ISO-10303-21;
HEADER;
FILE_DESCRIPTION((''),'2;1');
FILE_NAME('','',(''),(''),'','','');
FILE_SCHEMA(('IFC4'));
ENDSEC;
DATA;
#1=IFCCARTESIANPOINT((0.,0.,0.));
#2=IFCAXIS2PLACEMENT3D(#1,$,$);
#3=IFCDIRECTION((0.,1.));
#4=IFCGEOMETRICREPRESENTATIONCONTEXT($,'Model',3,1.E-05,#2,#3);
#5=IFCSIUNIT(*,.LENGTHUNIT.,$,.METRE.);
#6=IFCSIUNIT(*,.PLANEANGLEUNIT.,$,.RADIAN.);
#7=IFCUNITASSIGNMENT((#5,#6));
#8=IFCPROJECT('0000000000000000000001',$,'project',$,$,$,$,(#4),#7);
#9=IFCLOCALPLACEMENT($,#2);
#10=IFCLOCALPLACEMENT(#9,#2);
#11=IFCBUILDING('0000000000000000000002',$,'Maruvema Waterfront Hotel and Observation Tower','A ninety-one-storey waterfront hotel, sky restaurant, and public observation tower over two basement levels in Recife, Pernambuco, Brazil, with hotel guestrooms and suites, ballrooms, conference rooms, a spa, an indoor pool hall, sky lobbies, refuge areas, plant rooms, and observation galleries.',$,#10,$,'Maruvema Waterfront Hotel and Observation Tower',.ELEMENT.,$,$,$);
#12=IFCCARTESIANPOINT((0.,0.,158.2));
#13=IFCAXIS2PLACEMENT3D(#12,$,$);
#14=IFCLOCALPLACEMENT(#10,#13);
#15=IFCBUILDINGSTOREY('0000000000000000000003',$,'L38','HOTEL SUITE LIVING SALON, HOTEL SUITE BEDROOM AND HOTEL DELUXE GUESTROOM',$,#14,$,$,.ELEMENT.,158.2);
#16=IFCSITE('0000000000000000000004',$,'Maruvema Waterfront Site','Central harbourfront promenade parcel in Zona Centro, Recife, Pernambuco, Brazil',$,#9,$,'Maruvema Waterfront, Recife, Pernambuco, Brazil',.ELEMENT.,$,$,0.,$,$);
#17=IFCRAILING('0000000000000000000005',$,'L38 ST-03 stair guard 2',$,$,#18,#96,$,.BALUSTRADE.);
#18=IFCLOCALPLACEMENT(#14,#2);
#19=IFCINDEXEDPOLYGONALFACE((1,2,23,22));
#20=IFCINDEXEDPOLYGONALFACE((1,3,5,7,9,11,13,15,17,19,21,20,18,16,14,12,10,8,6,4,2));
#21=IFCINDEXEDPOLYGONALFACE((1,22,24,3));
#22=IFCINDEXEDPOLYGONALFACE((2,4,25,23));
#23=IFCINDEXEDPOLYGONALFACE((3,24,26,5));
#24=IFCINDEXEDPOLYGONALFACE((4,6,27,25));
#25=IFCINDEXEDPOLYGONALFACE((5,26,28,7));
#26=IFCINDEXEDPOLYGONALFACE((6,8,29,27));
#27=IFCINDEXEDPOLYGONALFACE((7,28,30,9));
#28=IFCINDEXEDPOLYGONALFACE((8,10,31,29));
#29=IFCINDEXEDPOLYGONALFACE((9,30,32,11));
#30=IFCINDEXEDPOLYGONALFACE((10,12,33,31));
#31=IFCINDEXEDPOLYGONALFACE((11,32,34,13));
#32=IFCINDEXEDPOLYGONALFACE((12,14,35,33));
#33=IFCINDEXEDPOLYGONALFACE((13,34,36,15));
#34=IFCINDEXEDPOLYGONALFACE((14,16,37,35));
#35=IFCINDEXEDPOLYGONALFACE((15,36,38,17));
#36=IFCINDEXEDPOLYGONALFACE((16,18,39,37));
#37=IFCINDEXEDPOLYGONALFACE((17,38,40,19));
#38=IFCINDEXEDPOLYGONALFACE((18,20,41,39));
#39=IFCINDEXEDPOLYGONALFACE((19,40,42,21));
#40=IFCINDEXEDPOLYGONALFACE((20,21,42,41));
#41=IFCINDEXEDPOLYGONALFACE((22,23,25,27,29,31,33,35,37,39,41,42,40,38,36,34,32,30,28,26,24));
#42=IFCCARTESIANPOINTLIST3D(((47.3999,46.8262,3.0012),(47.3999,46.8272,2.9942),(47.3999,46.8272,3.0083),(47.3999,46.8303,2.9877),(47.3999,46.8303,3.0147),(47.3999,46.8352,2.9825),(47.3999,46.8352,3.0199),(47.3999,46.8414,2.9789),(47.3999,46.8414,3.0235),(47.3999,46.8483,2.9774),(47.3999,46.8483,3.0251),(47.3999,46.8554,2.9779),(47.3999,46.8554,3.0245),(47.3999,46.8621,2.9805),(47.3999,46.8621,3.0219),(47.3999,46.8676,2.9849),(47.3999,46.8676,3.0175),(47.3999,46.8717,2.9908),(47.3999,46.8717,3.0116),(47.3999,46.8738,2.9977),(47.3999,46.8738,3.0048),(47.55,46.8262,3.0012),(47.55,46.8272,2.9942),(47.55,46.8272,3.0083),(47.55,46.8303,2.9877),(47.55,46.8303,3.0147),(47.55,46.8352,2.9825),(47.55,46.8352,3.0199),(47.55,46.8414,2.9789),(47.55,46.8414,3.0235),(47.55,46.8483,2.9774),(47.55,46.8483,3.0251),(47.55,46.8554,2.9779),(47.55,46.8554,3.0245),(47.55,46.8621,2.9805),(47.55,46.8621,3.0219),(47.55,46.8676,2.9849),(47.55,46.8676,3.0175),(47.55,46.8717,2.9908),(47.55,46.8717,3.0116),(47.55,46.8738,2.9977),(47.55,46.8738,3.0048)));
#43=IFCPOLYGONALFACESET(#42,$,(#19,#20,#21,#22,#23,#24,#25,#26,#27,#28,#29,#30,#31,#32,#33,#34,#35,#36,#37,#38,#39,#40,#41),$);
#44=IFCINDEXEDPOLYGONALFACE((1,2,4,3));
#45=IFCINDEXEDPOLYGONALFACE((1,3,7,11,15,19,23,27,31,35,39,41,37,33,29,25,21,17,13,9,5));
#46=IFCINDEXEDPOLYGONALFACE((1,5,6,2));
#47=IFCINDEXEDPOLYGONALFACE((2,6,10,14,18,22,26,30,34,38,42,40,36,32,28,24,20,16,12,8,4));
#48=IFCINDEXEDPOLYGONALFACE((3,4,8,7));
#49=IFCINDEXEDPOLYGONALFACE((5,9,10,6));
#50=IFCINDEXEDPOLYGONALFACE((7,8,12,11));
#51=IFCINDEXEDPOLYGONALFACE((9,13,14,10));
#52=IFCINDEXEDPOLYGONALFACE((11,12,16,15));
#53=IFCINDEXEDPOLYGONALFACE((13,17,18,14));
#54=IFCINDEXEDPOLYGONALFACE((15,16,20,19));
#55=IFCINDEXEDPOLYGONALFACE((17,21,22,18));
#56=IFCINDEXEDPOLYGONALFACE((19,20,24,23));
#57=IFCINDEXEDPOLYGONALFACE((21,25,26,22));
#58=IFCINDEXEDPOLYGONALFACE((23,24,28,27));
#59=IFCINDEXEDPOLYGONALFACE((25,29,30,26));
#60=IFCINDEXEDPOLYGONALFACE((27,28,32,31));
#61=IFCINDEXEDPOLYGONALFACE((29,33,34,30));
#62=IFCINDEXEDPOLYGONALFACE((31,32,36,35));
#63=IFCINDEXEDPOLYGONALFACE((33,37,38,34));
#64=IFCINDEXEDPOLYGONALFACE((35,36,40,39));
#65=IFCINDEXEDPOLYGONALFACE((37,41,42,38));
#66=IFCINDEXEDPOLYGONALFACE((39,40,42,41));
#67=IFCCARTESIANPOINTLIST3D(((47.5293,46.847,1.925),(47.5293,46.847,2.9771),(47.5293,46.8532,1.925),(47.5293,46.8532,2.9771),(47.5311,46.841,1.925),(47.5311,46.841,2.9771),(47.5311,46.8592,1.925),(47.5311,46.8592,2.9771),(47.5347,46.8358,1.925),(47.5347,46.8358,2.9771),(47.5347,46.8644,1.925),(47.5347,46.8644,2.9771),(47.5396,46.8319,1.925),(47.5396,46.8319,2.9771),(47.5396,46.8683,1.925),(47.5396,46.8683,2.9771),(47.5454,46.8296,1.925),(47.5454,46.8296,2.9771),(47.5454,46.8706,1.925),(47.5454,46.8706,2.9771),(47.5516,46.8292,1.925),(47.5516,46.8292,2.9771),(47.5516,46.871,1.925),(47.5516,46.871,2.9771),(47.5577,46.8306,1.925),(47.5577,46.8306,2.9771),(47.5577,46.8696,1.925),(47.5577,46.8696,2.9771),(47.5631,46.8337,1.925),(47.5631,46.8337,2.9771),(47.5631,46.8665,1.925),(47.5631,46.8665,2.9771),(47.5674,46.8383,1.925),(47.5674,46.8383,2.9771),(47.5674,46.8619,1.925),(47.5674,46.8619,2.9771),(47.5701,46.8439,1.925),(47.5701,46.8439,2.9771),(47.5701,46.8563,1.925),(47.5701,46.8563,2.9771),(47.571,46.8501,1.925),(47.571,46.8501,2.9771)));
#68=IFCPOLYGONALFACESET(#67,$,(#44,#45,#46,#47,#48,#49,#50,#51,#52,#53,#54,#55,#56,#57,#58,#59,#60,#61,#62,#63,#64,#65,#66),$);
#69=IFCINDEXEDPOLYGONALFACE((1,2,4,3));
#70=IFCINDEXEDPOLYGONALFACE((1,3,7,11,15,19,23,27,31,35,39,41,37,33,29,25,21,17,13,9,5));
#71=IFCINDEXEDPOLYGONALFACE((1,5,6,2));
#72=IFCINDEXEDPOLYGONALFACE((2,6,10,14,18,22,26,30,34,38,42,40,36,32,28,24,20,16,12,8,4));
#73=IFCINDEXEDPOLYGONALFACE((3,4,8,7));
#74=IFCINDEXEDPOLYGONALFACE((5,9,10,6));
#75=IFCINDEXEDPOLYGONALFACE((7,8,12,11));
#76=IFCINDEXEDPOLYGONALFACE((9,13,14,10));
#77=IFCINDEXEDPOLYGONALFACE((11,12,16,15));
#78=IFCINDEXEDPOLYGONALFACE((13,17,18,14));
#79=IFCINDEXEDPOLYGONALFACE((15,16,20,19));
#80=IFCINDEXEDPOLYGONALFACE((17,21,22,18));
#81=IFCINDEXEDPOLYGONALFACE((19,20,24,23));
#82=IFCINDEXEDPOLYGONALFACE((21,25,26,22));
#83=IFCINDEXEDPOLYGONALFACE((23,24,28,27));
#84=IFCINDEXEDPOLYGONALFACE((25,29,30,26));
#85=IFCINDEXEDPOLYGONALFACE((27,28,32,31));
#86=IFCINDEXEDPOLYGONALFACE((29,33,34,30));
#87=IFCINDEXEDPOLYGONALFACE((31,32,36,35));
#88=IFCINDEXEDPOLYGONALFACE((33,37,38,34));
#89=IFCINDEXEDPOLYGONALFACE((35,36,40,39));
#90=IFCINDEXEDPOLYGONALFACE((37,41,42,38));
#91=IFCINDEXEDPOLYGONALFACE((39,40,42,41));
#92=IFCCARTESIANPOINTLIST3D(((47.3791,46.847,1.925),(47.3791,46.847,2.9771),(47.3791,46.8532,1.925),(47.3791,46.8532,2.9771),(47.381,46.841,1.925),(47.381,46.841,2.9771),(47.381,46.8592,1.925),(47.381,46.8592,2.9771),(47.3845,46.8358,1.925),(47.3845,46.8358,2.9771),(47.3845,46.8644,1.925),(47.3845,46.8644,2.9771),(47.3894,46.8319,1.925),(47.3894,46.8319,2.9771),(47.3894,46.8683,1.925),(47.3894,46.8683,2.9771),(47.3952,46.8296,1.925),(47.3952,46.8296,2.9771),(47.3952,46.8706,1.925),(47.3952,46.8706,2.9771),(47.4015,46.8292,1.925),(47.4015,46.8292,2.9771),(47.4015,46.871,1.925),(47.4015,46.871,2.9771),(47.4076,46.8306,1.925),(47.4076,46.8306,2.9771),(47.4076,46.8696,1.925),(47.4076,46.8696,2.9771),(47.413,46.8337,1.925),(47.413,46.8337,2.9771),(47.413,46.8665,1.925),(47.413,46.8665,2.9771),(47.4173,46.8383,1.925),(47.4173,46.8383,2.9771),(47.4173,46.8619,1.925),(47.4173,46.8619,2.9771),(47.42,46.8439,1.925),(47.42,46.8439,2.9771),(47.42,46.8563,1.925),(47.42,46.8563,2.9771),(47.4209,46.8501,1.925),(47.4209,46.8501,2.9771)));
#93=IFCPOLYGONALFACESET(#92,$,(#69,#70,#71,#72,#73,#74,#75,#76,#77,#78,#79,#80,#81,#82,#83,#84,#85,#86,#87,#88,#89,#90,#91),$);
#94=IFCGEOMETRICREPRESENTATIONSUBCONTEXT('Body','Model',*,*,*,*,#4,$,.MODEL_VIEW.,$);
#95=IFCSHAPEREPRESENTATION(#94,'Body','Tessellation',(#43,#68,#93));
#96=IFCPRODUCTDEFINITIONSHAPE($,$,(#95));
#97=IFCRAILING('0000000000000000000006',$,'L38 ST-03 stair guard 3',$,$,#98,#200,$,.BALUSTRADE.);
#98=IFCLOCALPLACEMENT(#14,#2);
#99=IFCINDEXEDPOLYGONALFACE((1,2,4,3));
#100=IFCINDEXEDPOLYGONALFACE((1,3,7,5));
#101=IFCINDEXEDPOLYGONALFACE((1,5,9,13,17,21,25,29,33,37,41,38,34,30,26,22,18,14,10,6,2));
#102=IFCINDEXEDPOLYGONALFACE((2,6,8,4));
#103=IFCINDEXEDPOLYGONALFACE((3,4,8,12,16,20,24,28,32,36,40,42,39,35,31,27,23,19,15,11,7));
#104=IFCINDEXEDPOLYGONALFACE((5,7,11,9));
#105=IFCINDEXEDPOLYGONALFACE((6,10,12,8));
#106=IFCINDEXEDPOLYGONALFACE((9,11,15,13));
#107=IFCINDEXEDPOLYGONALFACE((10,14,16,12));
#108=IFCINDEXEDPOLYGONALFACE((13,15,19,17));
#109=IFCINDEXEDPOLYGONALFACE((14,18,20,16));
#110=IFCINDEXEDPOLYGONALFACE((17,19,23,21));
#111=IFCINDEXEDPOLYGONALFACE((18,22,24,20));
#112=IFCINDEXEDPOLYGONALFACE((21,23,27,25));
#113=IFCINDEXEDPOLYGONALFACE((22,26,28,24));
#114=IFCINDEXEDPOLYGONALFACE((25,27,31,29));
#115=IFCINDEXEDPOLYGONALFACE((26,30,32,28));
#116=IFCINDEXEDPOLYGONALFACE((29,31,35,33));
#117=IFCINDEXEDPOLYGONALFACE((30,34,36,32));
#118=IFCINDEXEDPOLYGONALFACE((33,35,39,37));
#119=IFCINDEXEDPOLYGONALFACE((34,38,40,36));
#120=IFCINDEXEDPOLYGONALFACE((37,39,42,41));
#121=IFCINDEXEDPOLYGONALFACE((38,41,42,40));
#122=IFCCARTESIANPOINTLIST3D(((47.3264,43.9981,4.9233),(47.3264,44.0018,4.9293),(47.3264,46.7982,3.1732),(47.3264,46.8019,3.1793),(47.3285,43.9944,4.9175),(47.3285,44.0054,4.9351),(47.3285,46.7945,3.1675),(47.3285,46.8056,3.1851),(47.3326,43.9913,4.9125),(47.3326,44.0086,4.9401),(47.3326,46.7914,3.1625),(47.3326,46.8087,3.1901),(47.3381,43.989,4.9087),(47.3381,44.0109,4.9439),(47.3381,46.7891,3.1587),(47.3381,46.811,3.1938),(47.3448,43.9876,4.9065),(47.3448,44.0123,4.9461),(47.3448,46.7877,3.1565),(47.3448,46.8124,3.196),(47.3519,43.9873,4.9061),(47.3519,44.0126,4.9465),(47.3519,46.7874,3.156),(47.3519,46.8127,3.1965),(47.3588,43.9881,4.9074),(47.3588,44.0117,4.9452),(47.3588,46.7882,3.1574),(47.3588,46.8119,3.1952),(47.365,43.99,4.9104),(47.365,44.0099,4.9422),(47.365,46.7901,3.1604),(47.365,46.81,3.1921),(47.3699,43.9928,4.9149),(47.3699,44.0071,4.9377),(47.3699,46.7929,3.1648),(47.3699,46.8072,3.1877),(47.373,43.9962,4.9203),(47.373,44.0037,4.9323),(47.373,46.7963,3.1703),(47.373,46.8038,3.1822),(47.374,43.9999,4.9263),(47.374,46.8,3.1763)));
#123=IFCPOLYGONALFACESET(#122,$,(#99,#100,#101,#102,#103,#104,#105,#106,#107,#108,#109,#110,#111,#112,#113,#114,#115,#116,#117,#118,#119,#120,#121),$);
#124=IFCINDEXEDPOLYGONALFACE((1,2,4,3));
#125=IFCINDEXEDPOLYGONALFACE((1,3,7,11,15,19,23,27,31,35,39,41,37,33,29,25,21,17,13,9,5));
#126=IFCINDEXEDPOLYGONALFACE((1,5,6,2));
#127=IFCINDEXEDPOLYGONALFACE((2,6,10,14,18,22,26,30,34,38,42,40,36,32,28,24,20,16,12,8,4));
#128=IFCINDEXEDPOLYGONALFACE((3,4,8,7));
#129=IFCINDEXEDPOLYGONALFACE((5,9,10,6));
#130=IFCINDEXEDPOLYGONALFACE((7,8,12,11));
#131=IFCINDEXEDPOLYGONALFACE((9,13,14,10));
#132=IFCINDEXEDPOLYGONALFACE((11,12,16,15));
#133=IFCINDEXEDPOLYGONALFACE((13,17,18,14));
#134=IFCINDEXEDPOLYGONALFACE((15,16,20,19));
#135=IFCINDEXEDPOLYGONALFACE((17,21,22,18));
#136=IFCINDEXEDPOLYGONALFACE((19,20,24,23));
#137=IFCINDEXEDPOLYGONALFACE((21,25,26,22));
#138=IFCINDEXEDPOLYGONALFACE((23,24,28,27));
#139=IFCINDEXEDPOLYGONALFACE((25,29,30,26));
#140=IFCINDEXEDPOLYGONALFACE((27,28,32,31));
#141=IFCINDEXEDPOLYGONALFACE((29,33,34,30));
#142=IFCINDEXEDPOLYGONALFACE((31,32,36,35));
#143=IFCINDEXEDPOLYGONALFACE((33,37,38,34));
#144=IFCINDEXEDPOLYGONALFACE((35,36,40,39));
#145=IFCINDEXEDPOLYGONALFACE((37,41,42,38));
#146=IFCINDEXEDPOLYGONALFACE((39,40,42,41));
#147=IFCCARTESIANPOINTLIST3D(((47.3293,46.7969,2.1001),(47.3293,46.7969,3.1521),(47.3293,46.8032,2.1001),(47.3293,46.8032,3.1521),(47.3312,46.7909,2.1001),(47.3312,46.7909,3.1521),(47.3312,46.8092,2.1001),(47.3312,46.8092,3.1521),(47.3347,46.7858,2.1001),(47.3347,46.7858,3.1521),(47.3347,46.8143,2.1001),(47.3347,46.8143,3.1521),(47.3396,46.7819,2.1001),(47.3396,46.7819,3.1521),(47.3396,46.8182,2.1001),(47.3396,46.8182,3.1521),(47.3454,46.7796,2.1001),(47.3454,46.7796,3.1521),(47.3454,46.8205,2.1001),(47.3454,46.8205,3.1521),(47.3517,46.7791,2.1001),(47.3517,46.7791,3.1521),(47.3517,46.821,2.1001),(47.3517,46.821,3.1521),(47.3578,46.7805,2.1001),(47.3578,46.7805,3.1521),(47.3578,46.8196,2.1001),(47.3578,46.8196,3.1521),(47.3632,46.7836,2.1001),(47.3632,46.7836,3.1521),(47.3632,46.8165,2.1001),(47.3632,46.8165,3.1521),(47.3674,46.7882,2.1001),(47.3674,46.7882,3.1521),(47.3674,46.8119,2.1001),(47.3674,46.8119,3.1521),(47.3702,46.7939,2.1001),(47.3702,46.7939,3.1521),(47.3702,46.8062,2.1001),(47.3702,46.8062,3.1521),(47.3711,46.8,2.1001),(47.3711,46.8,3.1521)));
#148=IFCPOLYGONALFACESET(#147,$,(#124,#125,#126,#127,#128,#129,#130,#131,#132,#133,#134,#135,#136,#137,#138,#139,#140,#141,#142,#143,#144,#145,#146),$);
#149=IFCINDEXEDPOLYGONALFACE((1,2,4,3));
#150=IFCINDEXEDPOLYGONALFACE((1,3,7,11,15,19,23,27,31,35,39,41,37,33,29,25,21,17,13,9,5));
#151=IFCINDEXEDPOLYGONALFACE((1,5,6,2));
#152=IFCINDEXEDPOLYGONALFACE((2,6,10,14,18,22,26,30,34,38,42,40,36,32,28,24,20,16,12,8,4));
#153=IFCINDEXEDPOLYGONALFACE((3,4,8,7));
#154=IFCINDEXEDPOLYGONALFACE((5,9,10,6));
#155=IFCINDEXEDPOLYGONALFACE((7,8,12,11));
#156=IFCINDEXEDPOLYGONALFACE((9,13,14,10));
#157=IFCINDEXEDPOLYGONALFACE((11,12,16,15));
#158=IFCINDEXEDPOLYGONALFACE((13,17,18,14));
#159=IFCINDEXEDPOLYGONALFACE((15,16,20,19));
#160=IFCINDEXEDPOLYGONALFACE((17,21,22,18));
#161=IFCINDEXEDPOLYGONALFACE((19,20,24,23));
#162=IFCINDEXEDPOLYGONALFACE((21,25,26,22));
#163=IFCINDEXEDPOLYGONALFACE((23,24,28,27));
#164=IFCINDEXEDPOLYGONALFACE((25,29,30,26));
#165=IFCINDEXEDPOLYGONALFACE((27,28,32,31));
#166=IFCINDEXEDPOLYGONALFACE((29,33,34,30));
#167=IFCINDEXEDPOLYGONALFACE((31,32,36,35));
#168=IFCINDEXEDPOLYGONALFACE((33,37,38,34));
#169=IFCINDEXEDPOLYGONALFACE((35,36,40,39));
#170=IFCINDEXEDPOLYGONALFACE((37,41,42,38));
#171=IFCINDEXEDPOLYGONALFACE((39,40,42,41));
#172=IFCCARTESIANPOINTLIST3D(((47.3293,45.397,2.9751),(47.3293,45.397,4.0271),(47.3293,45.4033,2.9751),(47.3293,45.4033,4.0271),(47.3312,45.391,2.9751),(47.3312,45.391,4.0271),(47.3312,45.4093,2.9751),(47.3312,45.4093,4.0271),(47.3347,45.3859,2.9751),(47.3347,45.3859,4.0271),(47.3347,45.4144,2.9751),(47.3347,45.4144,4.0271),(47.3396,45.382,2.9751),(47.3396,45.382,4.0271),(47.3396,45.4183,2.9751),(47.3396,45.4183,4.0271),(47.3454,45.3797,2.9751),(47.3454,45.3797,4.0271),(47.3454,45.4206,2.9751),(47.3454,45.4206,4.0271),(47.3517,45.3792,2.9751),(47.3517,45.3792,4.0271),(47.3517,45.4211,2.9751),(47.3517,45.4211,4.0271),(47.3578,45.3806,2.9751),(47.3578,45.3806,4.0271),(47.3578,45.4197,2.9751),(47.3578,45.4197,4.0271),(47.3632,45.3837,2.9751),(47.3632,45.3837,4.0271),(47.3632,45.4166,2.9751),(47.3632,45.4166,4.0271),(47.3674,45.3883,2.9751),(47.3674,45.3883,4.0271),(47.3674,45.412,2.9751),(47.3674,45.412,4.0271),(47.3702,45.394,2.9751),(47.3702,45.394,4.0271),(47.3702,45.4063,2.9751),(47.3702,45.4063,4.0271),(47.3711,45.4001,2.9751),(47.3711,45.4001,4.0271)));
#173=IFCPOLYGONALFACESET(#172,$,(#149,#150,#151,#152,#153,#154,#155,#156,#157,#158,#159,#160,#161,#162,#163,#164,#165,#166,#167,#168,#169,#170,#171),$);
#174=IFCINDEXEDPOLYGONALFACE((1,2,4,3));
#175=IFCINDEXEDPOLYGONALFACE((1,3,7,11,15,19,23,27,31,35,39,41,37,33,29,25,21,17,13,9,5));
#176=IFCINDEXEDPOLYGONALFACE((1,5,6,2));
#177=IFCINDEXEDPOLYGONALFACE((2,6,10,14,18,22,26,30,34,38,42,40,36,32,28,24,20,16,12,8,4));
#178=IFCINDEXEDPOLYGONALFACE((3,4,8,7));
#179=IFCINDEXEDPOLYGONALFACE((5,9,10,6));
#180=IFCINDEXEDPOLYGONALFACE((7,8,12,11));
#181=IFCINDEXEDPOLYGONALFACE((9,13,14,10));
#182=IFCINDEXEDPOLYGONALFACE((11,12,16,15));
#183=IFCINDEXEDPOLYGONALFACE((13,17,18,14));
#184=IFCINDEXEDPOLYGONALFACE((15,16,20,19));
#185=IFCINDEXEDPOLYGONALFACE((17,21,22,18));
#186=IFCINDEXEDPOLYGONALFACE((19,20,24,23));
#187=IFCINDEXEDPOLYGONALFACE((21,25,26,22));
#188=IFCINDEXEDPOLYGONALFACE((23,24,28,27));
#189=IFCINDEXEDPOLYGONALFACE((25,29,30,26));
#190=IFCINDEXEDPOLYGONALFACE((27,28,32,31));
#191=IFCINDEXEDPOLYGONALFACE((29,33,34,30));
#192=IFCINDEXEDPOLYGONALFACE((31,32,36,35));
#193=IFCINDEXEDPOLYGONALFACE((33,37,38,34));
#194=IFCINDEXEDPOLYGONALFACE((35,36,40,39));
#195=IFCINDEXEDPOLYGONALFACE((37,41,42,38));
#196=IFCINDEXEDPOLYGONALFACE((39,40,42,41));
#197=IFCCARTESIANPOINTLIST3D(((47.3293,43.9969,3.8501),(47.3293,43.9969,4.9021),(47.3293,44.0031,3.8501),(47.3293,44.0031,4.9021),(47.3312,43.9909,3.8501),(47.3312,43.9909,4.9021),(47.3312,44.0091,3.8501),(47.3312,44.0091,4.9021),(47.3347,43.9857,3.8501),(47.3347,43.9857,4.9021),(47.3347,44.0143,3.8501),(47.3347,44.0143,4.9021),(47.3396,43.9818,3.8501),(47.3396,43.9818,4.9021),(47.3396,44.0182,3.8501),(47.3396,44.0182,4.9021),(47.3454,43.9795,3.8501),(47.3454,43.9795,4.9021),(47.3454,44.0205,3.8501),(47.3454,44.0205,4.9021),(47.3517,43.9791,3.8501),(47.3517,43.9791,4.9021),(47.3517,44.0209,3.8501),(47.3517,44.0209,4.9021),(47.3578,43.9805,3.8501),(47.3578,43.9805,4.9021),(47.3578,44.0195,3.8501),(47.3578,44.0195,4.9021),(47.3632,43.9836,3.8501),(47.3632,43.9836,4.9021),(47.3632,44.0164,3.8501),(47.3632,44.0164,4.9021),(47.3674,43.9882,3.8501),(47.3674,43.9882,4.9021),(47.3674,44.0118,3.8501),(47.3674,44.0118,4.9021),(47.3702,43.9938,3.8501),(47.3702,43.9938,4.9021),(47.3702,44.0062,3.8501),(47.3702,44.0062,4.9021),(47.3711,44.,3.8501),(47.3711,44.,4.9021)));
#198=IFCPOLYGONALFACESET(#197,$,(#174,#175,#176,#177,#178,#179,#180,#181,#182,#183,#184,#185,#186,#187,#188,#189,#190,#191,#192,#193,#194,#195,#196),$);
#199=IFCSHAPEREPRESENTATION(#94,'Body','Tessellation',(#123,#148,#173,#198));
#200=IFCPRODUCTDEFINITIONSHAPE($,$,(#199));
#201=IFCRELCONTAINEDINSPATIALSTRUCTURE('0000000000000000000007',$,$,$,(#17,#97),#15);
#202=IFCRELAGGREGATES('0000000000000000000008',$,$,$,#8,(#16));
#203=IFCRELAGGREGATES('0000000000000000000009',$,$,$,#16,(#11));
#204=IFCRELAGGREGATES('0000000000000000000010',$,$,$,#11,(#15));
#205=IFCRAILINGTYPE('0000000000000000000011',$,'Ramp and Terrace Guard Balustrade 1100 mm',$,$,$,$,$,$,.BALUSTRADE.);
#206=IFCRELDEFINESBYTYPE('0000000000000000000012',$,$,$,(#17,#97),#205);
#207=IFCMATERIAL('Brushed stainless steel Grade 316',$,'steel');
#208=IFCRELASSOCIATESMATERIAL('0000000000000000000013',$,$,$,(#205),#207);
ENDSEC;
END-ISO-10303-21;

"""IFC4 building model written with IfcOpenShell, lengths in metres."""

from ifc_helpers import new_model, si_unit, direction, frame, origin, origin_2d, place, context, subcontext, project, spatial, circle, extrude, material, type_object, element, save


model = new_model("IFC4")

# Units and contexts
model_context = context("Model", 3, precision=1e-05, world=origin(), true_north=direction((0.0, 1.0)))
body_context = subcontext(model_context, "Body", "Model", "MODEL_VIEW")
ifc_project = project(units=[si_unit("LENGTHUNIT", "METRE"), si_unit("PLANEANGLEUNIT", "RADIAN")], contexts=[model_context])

# Site, building, storey
site_placement = place(None, origin())
site = spatial("IfcSite", under=ifc_project, at=site_placement, Name="Maruvema Waterfront Site", Description="Central harbourfront promenade parcel in Zona Centro, Recife, Pernambuco, Brazil", LongName="Maruvema Waterfront, Recife, Pernambuco, Brazil", CompositionType="ELEMENT", RefElevation=0.0)
building_placement = place(site_placement, origin())
building = spatial("IfcBuilding", under=site, at=building_placement, Name="Maruvema Waterfront Hotel and Observation Tower", Description="A ninety-one-storey waterfront hotel, sky restaurant, and public observation tower over two basement levels in Recife, Pernambuco, Brazil, with hotel guestrooms and suites, ballrooms, conference rooms, a spa, an indoor pool hall, sky lobbies, refuge areas, plant rooms, and observation galleries.", LongName="Maruvema Waterfront Hotel and Observation Tower", CompositionType="ELEMENT")
storey_placement = place(building_placement, frame((0.0, 0.0, 158.2)))
storey = spatial("IfcBuildingStorey", under=building, at=storey_placement, Name="L38", Description="HOTEL SUITE LIVING SALON, HOTEL SUITE BEDROOM AND HOTEL DELUXE GUESTROOM", CompositionType="ELEMENT", Elevation=158.2)

# Railings
ifc_material_1 = material(Name="Brushed stainless steel Grade 316", Category="steel")
railing_type_1 = type_object("IfcRailingType", Name="Ramp and Terrace Guard Balustrade 1100 mm", PredefinedType="BALUSTRADE", material=ifc_material_1)
railing_1_placement = place(storey_placement, frame((47.55, 46.8501, 1.925)))
element("IfcRailing", 1, at=railing_1_placement, inside=storey, type_object=railing_type_1, Name="L38 ST-03 stair guard 2", PredefinedType="BALUSTRADE", context=body_context, shape_type="SweptSolid", body=[
    extrude(circle(Radius=0.0239, at=origin_2d()), frame((0.0, 0.0, 1.0762), z_axis=(-1.0, 0.0, 0.0), x_axis=(0.0, -1.0, 0.0)), (0.0, 0.0, 1.0), 0.1501),
    extrude(circle(Radius=0.021, at=origin_2d()), origin(), (0.0, 0.0, 1.0), 1.052),
    extrude(circle(Radius=0.021, at=origin_2d()), frame((-0.1501, 0.0, 0.0)), (0.0, 0.0, 1.0), 1.052),
])
railing_2_placement = place(storey_placement, frame((47.3501, 46.8, 2.1001)))
element("IfcRailing", 2, at=railing_2_placement, inside=storey, type_object=railing_type_1, Name="L38 ST-03 stair guard 3", PredefinedType="BALUSTRADE", context=body_context, shape_type="SweptSolid", body=[
    extrude(circle(Radius=0.0239, at=origin_2d()), frame((0.0, 0.0, 1.0762), z_axis=(0.0, -0.848002, 0.529992), x_axis=(1.0, 0.0, 0.0)), (0.0, 0.0, 1.0), 3.302),
    extrude(circle(Radius=0.021, at=origin_2d()), origin(), (0.0, 0.0, 1.0), 1.052),
    extrude(circle(Radius=0.021, at=origin_2d()), frame((0.0, -1.3999, 0.875)), (0.0, 0.0, 1.0), 1.052),
    extrude(circle(Radius=0.021, at=origin_2d()), frame((0.0, -2.8, 1.75)), (0.0, 0.0, 1.0), 1.052),
])

save(model, "model.ifc")
